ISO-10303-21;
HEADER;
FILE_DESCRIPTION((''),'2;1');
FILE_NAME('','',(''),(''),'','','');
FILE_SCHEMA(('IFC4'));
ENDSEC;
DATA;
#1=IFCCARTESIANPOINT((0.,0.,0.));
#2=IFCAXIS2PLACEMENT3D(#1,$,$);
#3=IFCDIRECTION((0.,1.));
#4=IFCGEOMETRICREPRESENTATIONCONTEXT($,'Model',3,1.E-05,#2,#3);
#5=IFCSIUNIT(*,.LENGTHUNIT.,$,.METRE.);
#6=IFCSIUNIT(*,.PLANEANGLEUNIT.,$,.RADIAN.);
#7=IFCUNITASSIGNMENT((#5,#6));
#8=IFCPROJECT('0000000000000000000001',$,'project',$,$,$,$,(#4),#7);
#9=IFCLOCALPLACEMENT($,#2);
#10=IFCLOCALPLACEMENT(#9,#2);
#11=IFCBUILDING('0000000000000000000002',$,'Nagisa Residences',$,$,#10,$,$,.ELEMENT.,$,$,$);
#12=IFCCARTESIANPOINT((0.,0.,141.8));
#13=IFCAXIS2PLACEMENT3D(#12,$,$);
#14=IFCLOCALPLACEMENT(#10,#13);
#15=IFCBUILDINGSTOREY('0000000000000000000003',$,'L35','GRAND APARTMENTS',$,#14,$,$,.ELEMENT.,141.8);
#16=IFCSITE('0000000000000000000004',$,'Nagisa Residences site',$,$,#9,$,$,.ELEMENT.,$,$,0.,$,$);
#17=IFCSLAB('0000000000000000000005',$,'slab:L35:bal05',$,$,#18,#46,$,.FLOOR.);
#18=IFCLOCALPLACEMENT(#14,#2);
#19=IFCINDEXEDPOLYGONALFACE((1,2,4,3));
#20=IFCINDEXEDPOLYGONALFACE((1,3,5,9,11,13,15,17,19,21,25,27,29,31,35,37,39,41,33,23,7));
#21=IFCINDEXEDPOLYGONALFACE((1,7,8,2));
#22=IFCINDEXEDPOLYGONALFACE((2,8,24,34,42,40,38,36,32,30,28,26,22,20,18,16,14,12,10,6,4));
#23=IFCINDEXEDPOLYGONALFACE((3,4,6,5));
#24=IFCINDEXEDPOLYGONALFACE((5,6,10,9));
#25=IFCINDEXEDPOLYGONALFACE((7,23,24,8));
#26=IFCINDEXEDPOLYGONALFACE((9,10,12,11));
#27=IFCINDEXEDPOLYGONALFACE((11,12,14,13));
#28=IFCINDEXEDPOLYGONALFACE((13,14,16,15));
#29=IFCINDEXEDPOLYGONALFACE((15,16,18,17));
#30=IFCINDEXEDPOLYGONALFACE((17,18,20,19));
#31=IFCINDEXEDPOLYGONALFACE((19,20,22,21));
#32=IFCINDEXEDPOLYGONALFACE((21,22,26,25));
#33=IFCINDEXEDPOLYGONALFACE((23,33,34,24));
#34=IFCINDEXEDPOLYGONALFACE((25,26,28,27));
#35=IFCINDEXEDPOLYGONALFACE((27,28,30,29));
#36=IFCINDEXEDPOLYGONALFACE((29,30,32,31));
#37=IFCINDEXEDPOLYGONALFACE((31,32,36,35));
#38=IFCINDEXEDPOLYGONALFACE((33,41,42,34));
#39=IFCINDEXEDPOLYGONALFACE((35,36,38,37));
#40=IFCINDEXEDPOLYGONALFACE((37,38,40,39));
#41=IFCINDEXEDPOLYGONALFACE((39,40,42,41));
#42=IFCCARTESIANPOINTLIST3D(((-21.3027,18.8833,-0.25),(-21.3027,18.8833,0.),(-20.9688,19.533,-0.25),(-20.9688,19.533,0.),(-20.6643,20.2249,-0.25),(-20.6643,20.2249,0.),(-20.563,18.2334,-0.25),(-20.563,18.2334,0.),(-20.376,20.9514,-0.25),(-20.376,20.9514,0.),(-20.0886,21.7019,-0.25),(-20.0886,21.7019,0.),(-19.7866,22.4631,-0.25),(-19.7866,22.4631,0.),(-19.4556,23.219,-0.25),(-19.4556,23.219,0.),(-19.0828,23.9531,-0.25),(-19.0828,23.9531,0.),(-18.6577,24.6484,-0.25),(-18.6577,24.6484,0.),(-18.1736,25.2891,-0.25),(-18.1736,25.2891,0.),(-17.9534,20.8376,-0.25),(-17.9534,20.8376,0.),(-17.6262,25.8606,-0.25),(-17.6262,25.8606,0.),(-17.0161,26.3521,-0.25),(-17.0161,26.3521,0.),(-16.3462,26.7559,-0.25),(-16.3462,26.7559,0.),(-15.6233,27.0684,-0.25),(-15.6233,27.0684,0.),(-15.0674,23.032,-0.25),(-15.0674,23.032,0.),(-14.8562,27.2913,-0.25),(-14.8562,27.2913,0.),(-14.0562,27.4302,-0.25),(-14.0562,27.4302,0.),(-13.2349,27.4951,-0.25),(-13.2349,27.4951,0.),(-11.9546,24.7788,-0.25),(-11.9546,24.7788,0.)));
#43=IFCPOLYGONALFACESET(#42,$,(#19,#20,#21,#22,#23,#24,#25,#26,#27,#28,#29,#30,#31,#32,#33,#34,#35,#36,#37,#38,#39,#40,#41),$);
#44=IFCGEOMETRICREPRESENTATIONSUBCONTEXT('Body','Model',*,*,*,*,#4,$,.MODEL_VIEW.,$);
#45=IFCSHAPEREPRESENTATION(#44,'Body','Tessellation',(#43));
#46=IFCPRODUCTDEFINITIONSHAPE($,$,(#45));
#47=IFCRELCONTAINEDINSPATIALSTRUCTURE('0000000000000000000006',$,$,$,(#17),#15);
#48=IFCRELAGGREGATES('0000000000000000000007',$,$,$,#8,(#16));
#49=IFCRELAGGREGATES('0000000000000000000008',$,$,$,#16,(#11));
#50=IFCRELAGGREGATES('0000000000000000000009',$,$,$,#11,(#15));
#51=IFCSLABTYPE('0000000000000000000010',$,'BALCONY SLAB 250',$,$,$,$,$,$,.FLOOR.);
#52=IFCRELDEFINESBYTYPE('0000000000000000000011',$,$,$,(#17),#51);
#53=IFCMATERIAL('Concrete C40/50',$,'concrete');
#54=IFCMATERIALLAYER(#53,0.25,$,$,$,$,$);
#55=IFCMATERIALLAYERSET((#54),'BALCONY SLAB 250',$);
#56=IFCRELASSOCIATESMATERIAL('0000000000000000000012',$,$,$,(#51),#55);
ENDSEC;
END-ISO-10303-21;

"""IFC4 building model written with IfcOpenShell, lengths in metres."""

from ifc_helpers import new_model, si_unit, direction, frame, origin, place, context, subcontext, project, spatial, polyline, outline, extrude, material, layer, layer_set, type_object, element, save


model = new_model("IFC4")

# Units and contexts
model_context = context("Model", 3, precision=1e-05, world=origin(), true_north=direction((0.0, 1.0)))
body_context = subcontext(model_context, "Body", "Model", "MODEL_VIEW")
ifc_project = project(units=[si_unit("LENGTHUNIT", "METRE"), si_unit("PLANEANGLEUNIT", "RADIAN")], contexts=[model_context])

# Site, building, storey
site_placement = place(None, origin())
site = spatial("IfcSite", under=ifc_project, at=site_placement, Name="Nagisa Residences site", CompositionType="ELEMENT", RefElevation=0.0)
building_placement = place(site_placement, origin())
building = spatial("IfcBuilding", under=site, at=building_placement, Name="Nagisa Residences", CompositionType="ELEMENT")
storey_placement = place(building_placement, frame((0.0, 0.0, 141.8)))
storey = spatial("IfcBuildingStorey", under=building, at=storey_placement, Name="L35", Description="GRAND APARTMENTS", CompositionType="ELEMENT", Elevation=141.8)

# Slab
ifc_material_1 = material(Name="Concrete C40/50", Category="concrete")
ifc_layer_1 = layer(ifc_material_1, 0.25)
ifc_layer_set_1 = layer_set([ifc_layer_1], Name="BALCONY SLAB 250")
slab_type_1 = type_object("IfcSlabType", Name="BALCONY SLAB 250", PredefinedType="FLOOR", material=ifc_layer_set_1)
slab_1_placement = place(storey_placement, frame((0.0, 0.0, -0.25)))
element("IfcSlab", 1, at=slab_1_placement, inside=storey, type_object=slab_type_1, Name="slab:L35:bal05", PredefinedType="FLOOR", context=body_context, shape_type="SweptSolid", body=[
    extrude(outline(polyline([(-13.2349, 27.4951), (-14.0562, 27.4302), (-14.8562, 27.2913), (-15.6233, 27.0684), (-16.3462, 26.7559), (-17.0161, 26.3521), (-17.6262, 25.8606), (-18.1736, 25.2891), (-18.6577, 24.6484), (-19.0828, 23.9531), (-19.4556, 23.219), (-19.7866, 22.4631), (-20.0886, 21.7019), (-20.376, 20.9514), (-20.6643, 20.2249), (-20.9688, 19.533), (-21.3027, 18.8833), (-20.563, 18.2334), (-17.9534, 20.8376), (-15.0674, 23.032), (-11.9546, 24.7788), (-13.2349, 27.4951)])), origin(), (0.0, 0.0, 1.0), 0.25),
])

save(model, "model.ifc")
